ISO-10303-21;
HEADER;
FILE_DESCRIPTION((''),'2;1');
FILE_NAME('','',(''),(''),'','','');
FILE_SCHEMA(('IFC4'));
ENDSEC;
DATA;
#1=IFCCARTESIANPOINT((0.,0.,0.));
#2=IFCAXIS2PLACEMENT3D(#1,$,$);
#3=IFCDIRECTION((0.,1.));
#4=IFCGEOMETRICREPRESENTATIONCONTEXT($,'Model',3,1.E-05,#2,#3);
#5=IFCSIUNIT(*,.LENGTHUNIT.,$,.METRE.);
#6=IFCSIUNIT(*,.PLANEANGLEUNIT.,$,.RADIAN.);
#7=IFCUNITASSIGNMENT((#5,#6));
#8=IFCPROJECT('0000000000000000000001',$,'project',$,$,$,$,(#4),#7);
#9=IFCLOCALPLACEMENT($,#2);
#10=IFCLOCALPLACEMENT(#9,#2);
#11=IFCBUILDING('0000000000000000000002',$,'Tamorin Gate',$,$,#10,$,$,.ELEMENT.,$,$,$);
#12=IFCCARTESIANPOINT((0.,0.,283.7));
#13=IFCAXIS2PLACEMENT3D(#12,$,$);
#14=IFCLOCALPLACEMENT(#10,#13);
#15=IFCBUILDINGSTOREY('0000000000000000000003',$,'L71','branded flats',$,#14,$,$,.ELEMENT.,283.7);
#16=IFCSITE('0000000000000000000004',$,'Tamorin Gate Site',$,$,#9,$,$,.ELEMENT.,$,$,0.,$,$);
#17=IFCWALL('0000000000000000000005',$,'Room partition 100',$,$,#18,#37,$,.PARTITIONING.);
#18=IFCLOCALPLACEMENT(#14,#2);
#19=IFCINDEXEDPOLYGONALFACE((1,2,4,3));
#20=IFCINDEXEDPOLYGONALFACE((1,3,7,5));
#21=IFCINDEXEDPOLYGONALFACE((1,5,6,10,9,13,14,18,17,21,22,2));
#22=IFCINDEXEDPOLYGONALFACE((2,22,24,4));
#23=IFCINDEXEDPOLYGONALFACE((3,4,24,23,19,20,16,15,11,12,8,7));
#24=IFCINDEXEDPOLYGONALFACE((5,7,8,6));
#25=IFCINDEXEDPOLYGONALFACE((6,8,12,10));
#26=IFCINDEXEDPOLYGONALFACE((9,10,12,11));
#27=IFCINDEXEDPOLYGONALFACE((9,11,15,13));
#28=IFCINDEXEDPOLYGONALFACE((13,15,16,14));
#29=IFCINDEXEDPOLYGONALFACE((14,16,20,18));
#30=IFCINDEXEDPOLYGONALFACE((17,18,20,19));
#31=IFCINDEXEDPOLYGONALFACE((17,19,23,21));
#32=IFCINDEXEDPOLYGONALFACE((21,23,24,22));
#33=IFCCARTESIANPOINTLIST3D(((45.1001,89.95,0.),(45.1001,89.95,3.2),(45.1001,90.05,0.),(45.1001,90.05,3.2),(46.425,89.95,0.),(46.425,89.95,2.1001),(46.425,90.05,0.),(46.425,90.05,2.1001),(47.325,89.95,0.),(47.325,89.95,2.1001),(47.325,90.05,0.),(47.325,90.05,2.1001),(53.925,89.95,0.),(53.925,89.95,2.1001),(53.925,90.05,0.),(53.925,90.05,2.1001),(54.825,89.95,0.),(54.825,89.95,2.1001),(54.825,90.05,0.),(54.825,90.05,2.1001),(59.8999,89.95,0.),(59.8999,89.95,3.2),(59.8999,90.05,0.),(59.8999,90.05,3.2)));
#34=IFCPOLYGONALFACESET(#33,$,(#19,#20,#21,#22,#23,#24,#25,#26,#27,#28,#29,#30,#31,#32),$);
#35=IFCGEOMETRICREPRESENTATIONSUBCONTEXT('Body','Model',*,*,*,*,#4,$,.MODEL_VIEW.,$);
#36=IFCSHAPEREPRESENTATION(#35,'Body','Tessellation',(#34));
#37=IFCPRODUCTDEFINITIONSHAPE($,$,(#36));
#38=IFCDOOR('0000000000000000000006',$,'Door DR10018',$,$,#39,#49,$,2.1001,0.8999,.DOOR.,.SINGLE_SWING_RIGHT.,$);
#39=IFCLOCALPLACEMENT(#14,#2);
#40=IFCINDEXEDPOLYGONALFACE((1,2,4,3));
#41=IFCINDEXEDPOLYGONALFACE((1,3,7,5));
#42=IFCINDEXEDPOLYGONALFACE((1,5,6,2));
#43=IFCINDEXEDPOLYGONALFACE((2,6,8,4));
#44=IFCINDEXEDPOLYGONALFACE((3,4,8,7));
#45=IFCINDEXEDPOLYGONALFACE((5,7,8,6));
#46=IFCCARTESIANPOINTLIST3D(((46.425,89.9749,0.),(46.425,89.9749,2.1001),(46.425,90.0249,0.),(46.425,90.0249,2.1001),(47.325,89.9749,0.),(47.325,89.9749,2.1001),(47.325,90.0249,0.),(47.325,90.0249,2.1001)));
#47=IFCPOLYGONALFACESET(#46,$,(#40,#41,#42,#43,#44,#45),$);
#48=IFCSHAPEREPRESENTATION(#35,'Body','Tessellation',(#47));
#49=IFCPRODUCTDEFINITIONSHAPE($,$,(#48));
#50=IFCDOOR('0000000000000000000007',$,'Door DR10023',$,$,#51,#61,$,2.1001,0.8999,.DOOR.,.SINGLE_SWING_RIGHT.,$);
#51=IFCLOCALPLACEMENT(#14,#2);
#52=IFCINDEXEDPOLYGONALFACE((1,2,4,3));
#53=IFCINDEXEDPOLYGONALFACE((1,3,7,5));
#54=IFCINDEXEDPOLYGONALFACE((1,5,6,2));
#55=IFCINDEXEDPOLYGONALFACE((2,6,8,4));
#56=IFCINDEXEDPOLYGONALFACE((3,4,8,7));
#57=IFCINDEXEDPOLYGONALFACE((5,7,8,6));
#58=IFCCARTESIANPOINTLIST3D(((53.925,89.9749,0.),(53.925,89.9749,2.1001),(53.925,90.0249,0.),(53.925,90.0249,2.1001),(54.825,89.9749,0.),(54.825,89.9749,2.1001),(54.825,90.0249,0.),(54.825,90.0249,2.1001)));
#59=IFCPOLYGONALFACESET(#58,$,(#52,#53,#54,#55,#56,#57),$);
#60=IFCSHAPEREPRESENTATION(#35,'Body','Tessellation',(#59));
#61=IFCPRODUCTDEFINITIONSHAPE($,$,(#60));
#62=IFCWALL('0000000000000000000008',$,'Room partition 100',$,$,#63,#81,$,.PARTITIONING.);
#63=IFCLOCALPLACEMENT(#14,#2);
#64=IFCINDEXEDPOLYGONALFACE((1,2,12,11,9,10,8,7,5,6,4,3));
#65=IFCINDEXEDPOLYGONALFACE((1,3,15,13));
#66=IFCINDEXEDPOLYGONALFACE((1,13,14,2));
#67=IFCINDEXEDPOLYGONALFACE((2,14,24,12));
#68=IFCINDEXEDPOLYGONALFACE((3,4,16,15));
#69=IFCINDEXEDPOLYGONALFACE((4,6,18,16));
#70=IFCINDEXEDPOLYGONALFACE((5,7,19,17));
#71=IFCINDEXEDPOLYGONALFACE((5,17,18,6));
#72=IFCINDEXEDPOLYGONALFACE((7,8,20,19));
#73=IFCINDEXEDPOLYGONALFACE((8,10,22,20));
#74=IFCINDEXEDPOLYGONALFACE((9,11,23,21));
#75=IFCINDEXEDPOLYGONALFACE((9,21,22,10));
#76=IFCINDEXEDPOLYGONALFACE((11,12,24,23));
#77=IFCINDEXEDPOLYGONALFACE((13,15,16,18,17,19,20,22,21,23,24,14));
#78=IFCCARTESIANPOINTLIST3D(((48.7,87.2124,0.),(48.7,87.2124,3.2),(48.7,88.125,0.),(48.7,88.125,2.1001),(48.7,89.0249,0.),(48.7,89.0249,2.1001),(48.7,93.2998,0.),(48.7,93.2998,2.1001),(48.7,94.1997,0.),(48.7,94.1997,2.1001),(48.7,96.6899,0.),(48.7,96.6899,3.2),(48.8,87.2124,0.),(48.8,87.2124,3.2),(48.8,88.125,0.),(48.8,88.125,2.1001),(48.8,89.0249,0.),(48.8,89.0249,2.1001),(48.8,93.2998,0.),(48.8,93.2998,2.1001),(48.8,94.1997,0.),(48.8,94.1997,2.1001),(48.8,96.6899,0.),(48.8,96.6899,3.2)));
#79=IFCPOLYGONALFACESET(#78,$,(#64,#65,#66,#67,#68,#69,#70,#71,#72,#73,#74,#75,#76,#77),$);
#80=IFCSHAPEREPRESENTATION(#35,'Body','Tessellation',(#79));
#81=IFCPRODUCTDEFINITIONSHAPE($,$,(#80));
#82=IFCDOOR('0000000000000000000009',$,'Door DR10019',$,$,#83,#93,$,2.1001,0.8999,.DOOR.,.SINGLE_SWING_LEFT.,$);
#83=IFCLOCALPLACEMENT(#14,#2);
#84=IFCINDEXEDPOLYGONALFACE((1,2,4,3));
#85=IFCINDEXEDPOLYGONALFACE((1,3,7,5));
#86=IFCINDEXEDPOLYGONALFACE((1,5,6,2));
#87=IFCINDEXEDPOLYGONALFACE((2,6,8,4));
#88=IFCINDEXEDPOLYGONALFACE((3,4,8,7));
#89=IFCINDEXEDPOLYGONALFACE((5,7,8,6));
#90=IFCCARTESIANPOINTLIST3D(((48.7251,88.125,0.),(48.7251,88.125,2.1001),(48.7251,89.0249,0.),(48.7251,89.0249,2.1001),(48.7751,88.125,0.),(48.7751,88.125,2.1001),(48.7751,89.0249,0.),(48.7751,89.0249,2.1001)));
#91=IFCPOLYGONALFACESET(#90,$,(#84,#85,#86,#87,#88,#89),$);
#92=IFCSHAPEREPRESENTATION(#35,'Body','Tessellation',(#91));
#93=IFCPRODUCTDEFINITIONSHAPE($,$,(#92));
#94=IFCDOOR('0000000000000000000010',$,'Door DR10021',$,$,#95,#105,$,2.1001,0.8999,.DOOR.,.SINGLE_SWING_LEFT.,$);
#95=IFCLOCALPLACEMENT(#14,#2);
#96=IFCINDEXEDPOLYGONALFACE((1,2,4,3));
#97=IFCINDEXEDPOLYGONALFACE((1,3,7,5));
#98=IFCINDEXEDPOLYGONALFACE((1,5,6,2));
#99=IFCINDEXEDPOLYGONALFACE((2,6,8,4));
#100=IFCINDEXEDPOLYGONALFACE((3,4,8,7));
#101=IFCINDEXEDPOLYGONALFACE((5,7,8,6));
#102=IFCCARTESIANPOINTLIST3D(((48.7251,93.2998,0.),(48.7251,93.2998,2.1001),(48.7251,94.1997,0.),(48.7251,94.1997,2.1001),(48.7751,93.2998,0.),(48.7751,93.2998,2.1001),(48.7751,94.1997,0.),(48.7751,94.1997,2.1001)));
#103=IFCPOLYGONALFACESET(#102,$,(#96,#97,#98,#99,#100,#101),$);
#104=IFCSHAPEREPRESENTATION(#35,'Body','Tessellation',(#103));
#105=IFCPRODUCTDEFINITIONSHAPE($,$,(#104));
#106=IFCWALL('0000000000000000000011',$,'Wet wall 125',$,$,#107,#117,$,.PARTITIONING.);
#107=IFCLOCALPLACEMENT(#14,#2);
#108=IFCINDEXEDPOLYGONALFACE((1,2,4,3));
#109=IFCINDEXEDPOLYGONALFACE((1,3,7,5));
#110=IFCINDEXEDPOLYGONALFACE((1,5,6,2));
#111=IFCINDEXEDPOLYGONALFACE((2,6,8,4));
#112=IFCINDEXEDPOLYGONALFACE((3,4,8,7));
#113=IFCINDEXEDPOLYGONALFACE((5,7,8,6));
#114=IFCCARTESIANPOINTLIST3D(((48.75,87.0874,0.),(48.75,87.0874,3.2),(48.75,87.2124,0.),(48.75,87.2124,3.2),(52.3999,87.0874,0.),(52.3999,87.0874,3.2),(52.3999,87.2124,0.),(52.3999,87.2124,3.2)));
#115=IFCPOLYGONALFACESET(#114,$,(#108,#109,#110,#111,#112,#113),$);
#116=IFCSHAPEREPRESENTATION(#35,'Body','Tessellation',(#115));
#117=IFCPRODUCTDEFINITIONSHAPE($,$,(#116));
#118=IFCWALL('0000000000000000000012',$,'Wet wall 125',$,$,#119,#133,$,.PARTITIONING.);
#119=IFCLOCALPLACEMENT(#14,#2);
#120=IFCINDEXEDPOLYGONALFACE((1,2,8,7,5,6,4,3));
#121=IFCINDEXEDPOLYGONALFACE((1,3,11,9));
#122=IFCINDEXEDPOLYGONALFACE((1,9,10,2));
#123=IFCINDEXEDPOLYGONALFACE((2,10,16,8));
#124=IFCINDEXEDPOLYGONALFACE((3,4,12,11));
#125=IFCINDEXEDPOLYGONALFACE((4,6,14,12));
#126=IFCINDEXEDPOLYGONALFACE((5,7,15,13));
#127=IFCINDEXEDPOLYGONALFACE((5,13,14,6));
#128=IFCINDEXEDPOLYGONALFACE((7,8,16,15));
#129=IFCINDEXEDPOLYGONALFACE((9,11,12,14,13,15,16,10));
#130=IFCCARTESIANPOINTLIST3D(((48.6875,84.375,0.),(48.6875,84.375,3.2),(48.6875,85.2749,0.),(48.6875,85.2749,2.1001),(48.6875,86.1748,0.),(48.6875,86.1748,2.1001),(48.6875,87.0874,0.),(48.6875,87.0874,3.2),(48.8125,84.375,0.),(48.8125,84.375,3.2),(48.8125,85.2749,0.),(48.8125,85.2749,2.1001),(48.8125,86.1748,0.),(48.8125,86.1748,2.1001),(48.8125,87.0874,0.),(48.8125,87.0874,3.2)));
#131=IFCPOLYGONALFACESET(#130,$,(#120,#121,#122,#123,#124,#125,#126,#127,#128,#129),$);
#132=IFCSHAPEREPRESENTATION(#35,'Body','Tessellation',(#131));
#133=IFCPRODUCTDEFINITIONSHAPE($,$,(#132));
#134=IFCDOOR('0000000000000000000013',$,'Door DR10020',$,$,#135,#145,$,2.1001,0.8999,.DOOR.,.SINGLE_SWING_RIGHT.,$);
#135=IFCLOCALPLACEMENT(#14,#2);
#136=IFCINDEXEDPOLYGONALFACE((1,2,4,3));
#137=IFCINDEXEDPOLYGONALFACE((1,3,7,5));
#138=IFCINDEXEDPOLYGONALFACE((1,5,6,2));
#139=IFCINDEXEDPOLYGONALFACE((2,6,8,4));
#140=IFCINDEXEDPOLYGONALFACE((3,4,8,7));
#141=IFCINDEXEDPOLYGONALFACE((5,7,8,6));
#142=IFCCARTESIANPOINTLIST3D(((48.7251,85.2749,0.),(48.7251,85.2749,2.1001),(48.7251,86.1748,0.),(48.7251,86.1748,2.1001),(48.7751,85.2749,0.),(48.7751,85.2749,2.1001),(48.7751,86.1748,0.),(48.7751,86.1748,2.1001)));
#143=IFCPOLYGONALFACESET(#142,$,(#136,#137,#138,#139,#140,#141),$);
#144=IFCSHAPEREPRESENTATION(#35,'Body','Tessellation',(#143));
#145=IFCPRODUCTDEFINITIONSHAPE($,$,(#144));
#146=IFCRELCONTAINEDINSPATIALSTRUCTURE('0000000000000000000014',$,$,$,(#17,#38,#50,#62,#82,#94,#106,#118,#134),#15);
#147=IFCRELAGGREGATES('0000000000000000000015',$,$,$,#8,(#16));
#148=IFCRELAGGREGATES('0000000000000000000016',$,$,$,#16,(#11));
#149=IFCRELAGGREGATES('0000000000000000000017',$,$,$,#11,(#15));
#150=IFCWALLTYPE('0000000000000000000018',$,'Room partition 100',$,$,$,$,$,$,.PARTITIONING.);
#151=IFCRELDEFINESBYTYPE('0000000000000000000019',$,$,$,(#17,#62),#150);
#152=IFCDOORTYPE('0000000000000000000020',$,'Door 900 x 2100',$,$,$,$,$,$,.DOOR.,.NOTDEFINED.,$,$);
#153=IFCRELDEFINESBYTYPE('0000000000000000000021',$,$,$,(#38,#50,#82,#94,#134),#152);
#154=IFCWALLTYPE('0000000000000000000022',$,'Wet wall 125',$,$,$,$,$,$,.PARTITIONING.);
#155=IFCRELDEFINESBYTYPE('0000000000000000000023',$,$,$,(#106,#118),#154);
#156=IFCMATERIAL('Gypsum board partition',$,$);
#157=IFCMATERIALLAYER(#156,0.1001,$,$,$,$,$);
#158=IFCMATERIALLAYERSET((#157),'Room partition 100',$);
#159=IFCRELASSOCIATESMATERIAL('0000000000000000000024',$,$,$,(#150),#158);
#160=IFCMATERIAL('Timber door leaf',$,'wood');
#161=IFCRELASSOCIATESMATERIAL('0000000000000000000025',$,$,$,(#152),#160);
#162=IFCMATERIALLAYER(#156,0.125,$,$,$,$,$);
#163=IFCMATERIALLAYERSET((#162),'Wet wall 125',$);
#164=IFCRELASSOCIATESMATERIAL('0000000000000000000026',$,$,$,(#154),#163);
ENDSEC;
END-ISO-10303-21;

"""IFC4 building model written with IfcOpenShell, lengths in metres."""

from ifc_helpers import new_model, si_unit, direction, frame, frame_2d, origin, place, context, subcontext, project, spatial, rectangle, extrude, material, layer, layer_set, type_object, element, fill, save


model = new_model("IFC4")

# Units and contexts
model_context = context("Model", 3, precision=1e-05, world=origin(), true_north=direction((0.0, 1.0)))
body_context = subcontext(model_context, "Body", "Model", "MODEL_VIEW")
ifc_project = project(units=[si_unit("LENGTHUNIT", "METRE"), si_unit("PLANEANGLEUNIT", "RADIAN")], contexts=[model_context])

# Site, building, storey
site_placement = place(None, origin())
site = spatial("IfcSite", under=ifc_project, at=site_placement, Name="Tamorin Gate Site", CompositionType="ELEMENT", RefElevation=0.0)
building_placement = place(site_placement, origin())
building = spatial("IfcBuilding", under=site, at=building_placement, Name="Tamorin Gate", CompositionType="ELEMENT")
storey_placement = place(building_placement, frame((0.0, 0.0, 283.7)))
storey = spatial("IfcBuildingStorey", under=building, at=storey_placement, Name="L71", Description="branded flats", CompositionType="ELEMENT", Elevation=283.7)

# Shared definitions
ifc_material_1 = material(Name="Gypsum board partition")

# Walls, openings, doors
ifc_layer_1 = layer(ifc_material_1, 0.1001)
ifc_layer_set_1 = layer_set([ifc_layer_1], Name="Room partition 100")
wall_type_1 = type_object("IfcWallType", Name="Room partition 100", PredefinedType="PARTITIONING", material=ifc_layer_set_1)
wall_1_placement = place(storey_placement, frame((45.1001, 90.0, 0.0), z_axis=(0.0, 0.0, 1.0), x_axis=(1.0, 0.0, 0.0)))
wall_1 = element("IfcWall", 1, at=wall_1_placement, inside=storey, type_object=wall_type_1, Name="Room partition 100", PredefinedType="PARTITIONING", context=body_context, shape_type="SweptSolid", body=[
    extrude(rectangle(XDim=14.7998, YDim=0.1001, at=frame_2d((7.3999, 0.0))), origin(), (0.0, 0.0, 1.0), 3.2),
])
opening_1_placement = place(wall_1_placement, frame((1.325, 0.0, 0.0)))
opening_1 = element("IfcOpeningElement", 2, at=opening_1_placement, cuts=wall_1, PredefinedType="OPENING", context=body_context, shape_type="SweptSolid", body=[
    extrude(rectangle(XDim=0.8999, YDim=2.1001, at=frame_2d((0.45, 1.05))), frame((0.0, 0.0601, 0.0), z_axis=(0.0, -1.0, 0.0), x_axis=(1.0, 0.0, 0.0)), (0.0, 0.0, 1.0), 0.1201),
])
opening_2_placement = place(wall_1_placement, frame((8.825, 0.0, 0.0)))
opening_2 = element("IfcOpeningElement", 3, at=opening_2_placement, cuts=wall_1, PredefinedType="OPENING", context=body_context, shape_type="SweptSolid", body=[
    extrude(rectangle(XDim=0.8999, YDim=2.1001, at=frame_2d((0.45, 1.05))), frame((0.0, 0.0601, 0.0), z_axis=(0.0, -1.0, 0.0), x_axis=(1.0, 0.0, 0.0)), (0.0, 0.0, 1.0), 0.1201),
])
ifc_material_2 = material(Name="Timber door leaf", Category="wood")
door_type = type_object("IfcDoorType", Name="Door 900 x 2100", OperationType="NOTDEFINED", PredefinedType="DOOR", material=ifc_material_2)
door_1_placement = place(opening_1_placement, origin())
door_1 = element("IfcDoor", 4, at=door_1_placement, inside=storey, type_object=door_type, Name="Door DR10018", OperationType="SINGLE_SWING_RIGHT", OverallHeight=2.1001, OverallWidth=0.8999, PredefinedType="DOOR", context=body_context, shape_type="SweptSolid", body=[
    extrude(rectangle(XDim=0.8999, YDim=2.1001, at=frame_2d((0.45, 1.05))), frame((0.0, 0.0249, 0.0), z_axis=(0.0, -1.0, 0.0), x_axis=(1.0, 0.0, 0.0)), (0.0, 0.0, 1.0), 0.05),
])
fill(opening_1, door_1)
door_2_placement = place(opening_2_placement, origin())
door_2 = element("IfcDoor", 5, at=door_2_placement, inside=storey, type_object=door_type, Name="Door DR10023", OperationType="SINGLE_SWING_RIGHT", OverallHeight=2.1001, OverallWidth=0.8999, PredefinedType="DOOR", context=body_context, shape_type="SweptSolid", body=[
    extrude(rectangle(XDim=0.8999, YDim=2.1001, at=frame_2d((0.45, 1.05))), frame((0.0, 0.0249, 0.0), z_axis=(0.0, -1.0, 0.0), x_axis=(1.0, 0.0, 0.0)), (0.0, 0.0, 1.0), 0.05),
])
fill(opening_2, door_2)
wall_2_placement = place(storey_placement, frame((48.75, 87.2124, 0.0), z_axis=(0.0, 0.0, 1.0), x_axis=(0.0, 1.0, 0.0)))
wall_2 = element("IfcWall", 6, at=wall_2_placement, inside=storey, type_object=wall_type_1, Name="Room partition 100", PredefinedType="PARTITIONING", context=body_context, shape_type="SweptSolid", body=[
    extrude(rectangle(XDim=9.4775, YDim=0.1001, at=frame_2d((4.7388, 0.0))), origin(), (0.0, 0.0, 1.0), 3.2),
])
opening_3_placement = place(wall_2_placement, frame((0.9126, 0.0, 0.0)))
opening_3 = element("IfcOpeningElement", 7, at=opening_3_placement, cuts=wall_2, PredefinedType="OPENING", context=body_context, shape_type="SweptSolid", body=[
    extrude(rectangle(XDim=0.8999, YDim=2.1001, at=frame_2d((0.45, 1.05))), frame((0.0, 0.0601, 0.0), z_axis=(0.0, -1.0, 0.0), x_axis=(1.0, 0.0, 0.0)), (0.0, 0.0, 1.0), 0.1201),
])
opening_4_placement = place(wall_2_placement, frame((6.0874, 0.0, 0.0)))
opening_4 = element("IfcOpeningElement", 8, at=opening_4_placement, cuts=wall_2, PredefinedType="OPENING", context=body_context, shape_type="SweptSolid", body=[
    extrude(rectangle(XDim=0.8999, YDim=2.1001, at=frame_2d((0.45, 1.05))), frame((0.0, 0.0601, 0.0), z_axis=(0.0, -1.0, 0.0), x_axis=(1.0, 0.0, 0.0)), (0.0, 0.0, 1.0), 0.1201),
])
door_3_placement = place(opening_3_placement, origin())
door_3 = element("IfcDoor", 9, at=door_3_placement, inside=storey, type_object=door_type, Name="Door DR10019", OperationType="SINGLE_SWING_LEFT", OverallHeight=2.1001, OverallWidth=0.8999, PredefinedType="DOOR", context=body_context, shape_type="SweptSolid", body=[
    extrude(rectangle(XDim=0.8999, YDim=2.1001, at=frame_2d((0.45, 1.05))), frame((0.0, 0.0249, 0.0), z_axis=(0.0, -1.0, 0.0), x_axis=(1.0, 0.0, 0.0)), (0.0, 0.0, 1.0), 0.05),
])
fill(opening_3, door_3)
door_4_placement = place(opening_4_placement, origin())
door_4 = element("IfcDoor", 10, at=door_4_placement, inside=storey, type_object=door_type, Name="Door DR10021", OperationType="SINGLE_SWING_LEFT", OverallHeight=2.1001, OverallWidth=0.8999, PredefinedType="DOOR", context=body_context, shape_type="SweptSolid", body=[
    extrude(rectangle(XDim=0.8999, YDim=2.1001, at=frame_2d((0.45, 1.05))), frame((0.0, 0.0249, 0.0), z_axis=(0.0, -1.0, 0.0), x_axis=(1.0, 0.0, 0.0)), (0.0, 0.0, 1.0), 0.05),
])
fill(opening_4, door_4)

# Wall
ifc_layer_2 = layer(ifc_material_1, 0.125)
ifc_layer_set_2 = layer_set([ifc_layer_2], Name="Wet wall 125")
wall_type_2 = type_object("IfcWallType", Name="Wet wall 125", PredefinedType="PARTITIONING", material=ifc_layer_set_2)
wall_3_placement = place(storey_placement, frame((48.75, 87.1499, 0.0), z_axis=(0.0, 0.0, 1.0), x_axis=(1.0, 0.0, 0.0)))
element("IfcWall", 11, at=wall_3_placement, inside=storey, type_object=wall_type_2, Name="Wet wall 125", PredefinedType="PARTITIONING", context=body_context, shape_type="SweptSolid", body=[
    extrude(rectangle(XDim=3.6499, YDim=0.125, at=frame_2d((1.825, 0.0))), origin(), (0.0, 0.0, 1.0), 3.2),
])

# Wall, opening, door
wall_4_placement = place(storey_placement, frame((48.75, 84.375, 0.0), z_axis=(0.0, 0.0, 1.0), x_axis=(0.0, 1.0, 0.0)))
wall_4 = element("IfcWall", 12, at=wall_4_placement, inside=storey, type_object=wall_type_2, Name="Wet wall 125", PredefinedType="PARTITIONING", context=body_context, shape_type="SweptSolid", body=[
    extrude(rectangle(XDim=2.7124, YDim=0.125, at=frame_2d((1.3562, 0.0))), origin(), (0.0, 0.0, 1.0), 3.2),
])
opening_5_placement = place(wall_4_placement, frame((0.8999, 0.0, 0.0)))
opening_5 = element("IfcOpeningElement", 13, at=opening_5_placement, cuts=wall_4, PredefinedType="OPENING", context=body_context, shape_type="SweptSolid", body=[
    extrude(rectangle(XDim=0.8999, YDim=2.1001, at=frame_2d((0.45, 1.05))), frame((0.0, 0.0725, 0.0), z_axis=(0.0, -1.0, 0.0), x_axis=(1.0, 0.0, 0.0)), (0.0, 0.0, 1.0), 0.145),
])
door_5_placement = place(opening_5_placement, origin())
door_5 = element("IfcDoor", 14, at=door_5_placement, inside=storey, type_object=door_type, Name="Door DR10020", OperationType="SINGLE_SWING_RIGHT", OverallHeight=2.1001, OverallWidth=0.8999, PredefinedType="DOOR", context=body_context, shape_type="SweptSolid", body=[
    extrude(rectangle(XDim=0.8999, YDim=2.1001, at=frame_2d((0.45, 1.05))), frame((0.0, 0.0249, 0.0), z_axis=(0.0, -1.0, 0.0), x_axis=(1.0, 0.0, 0.0)), (0.0, 0.0, 1.0), 0.05),
])
fill(opening_5, door_5)

save(model, "model.ifc")
